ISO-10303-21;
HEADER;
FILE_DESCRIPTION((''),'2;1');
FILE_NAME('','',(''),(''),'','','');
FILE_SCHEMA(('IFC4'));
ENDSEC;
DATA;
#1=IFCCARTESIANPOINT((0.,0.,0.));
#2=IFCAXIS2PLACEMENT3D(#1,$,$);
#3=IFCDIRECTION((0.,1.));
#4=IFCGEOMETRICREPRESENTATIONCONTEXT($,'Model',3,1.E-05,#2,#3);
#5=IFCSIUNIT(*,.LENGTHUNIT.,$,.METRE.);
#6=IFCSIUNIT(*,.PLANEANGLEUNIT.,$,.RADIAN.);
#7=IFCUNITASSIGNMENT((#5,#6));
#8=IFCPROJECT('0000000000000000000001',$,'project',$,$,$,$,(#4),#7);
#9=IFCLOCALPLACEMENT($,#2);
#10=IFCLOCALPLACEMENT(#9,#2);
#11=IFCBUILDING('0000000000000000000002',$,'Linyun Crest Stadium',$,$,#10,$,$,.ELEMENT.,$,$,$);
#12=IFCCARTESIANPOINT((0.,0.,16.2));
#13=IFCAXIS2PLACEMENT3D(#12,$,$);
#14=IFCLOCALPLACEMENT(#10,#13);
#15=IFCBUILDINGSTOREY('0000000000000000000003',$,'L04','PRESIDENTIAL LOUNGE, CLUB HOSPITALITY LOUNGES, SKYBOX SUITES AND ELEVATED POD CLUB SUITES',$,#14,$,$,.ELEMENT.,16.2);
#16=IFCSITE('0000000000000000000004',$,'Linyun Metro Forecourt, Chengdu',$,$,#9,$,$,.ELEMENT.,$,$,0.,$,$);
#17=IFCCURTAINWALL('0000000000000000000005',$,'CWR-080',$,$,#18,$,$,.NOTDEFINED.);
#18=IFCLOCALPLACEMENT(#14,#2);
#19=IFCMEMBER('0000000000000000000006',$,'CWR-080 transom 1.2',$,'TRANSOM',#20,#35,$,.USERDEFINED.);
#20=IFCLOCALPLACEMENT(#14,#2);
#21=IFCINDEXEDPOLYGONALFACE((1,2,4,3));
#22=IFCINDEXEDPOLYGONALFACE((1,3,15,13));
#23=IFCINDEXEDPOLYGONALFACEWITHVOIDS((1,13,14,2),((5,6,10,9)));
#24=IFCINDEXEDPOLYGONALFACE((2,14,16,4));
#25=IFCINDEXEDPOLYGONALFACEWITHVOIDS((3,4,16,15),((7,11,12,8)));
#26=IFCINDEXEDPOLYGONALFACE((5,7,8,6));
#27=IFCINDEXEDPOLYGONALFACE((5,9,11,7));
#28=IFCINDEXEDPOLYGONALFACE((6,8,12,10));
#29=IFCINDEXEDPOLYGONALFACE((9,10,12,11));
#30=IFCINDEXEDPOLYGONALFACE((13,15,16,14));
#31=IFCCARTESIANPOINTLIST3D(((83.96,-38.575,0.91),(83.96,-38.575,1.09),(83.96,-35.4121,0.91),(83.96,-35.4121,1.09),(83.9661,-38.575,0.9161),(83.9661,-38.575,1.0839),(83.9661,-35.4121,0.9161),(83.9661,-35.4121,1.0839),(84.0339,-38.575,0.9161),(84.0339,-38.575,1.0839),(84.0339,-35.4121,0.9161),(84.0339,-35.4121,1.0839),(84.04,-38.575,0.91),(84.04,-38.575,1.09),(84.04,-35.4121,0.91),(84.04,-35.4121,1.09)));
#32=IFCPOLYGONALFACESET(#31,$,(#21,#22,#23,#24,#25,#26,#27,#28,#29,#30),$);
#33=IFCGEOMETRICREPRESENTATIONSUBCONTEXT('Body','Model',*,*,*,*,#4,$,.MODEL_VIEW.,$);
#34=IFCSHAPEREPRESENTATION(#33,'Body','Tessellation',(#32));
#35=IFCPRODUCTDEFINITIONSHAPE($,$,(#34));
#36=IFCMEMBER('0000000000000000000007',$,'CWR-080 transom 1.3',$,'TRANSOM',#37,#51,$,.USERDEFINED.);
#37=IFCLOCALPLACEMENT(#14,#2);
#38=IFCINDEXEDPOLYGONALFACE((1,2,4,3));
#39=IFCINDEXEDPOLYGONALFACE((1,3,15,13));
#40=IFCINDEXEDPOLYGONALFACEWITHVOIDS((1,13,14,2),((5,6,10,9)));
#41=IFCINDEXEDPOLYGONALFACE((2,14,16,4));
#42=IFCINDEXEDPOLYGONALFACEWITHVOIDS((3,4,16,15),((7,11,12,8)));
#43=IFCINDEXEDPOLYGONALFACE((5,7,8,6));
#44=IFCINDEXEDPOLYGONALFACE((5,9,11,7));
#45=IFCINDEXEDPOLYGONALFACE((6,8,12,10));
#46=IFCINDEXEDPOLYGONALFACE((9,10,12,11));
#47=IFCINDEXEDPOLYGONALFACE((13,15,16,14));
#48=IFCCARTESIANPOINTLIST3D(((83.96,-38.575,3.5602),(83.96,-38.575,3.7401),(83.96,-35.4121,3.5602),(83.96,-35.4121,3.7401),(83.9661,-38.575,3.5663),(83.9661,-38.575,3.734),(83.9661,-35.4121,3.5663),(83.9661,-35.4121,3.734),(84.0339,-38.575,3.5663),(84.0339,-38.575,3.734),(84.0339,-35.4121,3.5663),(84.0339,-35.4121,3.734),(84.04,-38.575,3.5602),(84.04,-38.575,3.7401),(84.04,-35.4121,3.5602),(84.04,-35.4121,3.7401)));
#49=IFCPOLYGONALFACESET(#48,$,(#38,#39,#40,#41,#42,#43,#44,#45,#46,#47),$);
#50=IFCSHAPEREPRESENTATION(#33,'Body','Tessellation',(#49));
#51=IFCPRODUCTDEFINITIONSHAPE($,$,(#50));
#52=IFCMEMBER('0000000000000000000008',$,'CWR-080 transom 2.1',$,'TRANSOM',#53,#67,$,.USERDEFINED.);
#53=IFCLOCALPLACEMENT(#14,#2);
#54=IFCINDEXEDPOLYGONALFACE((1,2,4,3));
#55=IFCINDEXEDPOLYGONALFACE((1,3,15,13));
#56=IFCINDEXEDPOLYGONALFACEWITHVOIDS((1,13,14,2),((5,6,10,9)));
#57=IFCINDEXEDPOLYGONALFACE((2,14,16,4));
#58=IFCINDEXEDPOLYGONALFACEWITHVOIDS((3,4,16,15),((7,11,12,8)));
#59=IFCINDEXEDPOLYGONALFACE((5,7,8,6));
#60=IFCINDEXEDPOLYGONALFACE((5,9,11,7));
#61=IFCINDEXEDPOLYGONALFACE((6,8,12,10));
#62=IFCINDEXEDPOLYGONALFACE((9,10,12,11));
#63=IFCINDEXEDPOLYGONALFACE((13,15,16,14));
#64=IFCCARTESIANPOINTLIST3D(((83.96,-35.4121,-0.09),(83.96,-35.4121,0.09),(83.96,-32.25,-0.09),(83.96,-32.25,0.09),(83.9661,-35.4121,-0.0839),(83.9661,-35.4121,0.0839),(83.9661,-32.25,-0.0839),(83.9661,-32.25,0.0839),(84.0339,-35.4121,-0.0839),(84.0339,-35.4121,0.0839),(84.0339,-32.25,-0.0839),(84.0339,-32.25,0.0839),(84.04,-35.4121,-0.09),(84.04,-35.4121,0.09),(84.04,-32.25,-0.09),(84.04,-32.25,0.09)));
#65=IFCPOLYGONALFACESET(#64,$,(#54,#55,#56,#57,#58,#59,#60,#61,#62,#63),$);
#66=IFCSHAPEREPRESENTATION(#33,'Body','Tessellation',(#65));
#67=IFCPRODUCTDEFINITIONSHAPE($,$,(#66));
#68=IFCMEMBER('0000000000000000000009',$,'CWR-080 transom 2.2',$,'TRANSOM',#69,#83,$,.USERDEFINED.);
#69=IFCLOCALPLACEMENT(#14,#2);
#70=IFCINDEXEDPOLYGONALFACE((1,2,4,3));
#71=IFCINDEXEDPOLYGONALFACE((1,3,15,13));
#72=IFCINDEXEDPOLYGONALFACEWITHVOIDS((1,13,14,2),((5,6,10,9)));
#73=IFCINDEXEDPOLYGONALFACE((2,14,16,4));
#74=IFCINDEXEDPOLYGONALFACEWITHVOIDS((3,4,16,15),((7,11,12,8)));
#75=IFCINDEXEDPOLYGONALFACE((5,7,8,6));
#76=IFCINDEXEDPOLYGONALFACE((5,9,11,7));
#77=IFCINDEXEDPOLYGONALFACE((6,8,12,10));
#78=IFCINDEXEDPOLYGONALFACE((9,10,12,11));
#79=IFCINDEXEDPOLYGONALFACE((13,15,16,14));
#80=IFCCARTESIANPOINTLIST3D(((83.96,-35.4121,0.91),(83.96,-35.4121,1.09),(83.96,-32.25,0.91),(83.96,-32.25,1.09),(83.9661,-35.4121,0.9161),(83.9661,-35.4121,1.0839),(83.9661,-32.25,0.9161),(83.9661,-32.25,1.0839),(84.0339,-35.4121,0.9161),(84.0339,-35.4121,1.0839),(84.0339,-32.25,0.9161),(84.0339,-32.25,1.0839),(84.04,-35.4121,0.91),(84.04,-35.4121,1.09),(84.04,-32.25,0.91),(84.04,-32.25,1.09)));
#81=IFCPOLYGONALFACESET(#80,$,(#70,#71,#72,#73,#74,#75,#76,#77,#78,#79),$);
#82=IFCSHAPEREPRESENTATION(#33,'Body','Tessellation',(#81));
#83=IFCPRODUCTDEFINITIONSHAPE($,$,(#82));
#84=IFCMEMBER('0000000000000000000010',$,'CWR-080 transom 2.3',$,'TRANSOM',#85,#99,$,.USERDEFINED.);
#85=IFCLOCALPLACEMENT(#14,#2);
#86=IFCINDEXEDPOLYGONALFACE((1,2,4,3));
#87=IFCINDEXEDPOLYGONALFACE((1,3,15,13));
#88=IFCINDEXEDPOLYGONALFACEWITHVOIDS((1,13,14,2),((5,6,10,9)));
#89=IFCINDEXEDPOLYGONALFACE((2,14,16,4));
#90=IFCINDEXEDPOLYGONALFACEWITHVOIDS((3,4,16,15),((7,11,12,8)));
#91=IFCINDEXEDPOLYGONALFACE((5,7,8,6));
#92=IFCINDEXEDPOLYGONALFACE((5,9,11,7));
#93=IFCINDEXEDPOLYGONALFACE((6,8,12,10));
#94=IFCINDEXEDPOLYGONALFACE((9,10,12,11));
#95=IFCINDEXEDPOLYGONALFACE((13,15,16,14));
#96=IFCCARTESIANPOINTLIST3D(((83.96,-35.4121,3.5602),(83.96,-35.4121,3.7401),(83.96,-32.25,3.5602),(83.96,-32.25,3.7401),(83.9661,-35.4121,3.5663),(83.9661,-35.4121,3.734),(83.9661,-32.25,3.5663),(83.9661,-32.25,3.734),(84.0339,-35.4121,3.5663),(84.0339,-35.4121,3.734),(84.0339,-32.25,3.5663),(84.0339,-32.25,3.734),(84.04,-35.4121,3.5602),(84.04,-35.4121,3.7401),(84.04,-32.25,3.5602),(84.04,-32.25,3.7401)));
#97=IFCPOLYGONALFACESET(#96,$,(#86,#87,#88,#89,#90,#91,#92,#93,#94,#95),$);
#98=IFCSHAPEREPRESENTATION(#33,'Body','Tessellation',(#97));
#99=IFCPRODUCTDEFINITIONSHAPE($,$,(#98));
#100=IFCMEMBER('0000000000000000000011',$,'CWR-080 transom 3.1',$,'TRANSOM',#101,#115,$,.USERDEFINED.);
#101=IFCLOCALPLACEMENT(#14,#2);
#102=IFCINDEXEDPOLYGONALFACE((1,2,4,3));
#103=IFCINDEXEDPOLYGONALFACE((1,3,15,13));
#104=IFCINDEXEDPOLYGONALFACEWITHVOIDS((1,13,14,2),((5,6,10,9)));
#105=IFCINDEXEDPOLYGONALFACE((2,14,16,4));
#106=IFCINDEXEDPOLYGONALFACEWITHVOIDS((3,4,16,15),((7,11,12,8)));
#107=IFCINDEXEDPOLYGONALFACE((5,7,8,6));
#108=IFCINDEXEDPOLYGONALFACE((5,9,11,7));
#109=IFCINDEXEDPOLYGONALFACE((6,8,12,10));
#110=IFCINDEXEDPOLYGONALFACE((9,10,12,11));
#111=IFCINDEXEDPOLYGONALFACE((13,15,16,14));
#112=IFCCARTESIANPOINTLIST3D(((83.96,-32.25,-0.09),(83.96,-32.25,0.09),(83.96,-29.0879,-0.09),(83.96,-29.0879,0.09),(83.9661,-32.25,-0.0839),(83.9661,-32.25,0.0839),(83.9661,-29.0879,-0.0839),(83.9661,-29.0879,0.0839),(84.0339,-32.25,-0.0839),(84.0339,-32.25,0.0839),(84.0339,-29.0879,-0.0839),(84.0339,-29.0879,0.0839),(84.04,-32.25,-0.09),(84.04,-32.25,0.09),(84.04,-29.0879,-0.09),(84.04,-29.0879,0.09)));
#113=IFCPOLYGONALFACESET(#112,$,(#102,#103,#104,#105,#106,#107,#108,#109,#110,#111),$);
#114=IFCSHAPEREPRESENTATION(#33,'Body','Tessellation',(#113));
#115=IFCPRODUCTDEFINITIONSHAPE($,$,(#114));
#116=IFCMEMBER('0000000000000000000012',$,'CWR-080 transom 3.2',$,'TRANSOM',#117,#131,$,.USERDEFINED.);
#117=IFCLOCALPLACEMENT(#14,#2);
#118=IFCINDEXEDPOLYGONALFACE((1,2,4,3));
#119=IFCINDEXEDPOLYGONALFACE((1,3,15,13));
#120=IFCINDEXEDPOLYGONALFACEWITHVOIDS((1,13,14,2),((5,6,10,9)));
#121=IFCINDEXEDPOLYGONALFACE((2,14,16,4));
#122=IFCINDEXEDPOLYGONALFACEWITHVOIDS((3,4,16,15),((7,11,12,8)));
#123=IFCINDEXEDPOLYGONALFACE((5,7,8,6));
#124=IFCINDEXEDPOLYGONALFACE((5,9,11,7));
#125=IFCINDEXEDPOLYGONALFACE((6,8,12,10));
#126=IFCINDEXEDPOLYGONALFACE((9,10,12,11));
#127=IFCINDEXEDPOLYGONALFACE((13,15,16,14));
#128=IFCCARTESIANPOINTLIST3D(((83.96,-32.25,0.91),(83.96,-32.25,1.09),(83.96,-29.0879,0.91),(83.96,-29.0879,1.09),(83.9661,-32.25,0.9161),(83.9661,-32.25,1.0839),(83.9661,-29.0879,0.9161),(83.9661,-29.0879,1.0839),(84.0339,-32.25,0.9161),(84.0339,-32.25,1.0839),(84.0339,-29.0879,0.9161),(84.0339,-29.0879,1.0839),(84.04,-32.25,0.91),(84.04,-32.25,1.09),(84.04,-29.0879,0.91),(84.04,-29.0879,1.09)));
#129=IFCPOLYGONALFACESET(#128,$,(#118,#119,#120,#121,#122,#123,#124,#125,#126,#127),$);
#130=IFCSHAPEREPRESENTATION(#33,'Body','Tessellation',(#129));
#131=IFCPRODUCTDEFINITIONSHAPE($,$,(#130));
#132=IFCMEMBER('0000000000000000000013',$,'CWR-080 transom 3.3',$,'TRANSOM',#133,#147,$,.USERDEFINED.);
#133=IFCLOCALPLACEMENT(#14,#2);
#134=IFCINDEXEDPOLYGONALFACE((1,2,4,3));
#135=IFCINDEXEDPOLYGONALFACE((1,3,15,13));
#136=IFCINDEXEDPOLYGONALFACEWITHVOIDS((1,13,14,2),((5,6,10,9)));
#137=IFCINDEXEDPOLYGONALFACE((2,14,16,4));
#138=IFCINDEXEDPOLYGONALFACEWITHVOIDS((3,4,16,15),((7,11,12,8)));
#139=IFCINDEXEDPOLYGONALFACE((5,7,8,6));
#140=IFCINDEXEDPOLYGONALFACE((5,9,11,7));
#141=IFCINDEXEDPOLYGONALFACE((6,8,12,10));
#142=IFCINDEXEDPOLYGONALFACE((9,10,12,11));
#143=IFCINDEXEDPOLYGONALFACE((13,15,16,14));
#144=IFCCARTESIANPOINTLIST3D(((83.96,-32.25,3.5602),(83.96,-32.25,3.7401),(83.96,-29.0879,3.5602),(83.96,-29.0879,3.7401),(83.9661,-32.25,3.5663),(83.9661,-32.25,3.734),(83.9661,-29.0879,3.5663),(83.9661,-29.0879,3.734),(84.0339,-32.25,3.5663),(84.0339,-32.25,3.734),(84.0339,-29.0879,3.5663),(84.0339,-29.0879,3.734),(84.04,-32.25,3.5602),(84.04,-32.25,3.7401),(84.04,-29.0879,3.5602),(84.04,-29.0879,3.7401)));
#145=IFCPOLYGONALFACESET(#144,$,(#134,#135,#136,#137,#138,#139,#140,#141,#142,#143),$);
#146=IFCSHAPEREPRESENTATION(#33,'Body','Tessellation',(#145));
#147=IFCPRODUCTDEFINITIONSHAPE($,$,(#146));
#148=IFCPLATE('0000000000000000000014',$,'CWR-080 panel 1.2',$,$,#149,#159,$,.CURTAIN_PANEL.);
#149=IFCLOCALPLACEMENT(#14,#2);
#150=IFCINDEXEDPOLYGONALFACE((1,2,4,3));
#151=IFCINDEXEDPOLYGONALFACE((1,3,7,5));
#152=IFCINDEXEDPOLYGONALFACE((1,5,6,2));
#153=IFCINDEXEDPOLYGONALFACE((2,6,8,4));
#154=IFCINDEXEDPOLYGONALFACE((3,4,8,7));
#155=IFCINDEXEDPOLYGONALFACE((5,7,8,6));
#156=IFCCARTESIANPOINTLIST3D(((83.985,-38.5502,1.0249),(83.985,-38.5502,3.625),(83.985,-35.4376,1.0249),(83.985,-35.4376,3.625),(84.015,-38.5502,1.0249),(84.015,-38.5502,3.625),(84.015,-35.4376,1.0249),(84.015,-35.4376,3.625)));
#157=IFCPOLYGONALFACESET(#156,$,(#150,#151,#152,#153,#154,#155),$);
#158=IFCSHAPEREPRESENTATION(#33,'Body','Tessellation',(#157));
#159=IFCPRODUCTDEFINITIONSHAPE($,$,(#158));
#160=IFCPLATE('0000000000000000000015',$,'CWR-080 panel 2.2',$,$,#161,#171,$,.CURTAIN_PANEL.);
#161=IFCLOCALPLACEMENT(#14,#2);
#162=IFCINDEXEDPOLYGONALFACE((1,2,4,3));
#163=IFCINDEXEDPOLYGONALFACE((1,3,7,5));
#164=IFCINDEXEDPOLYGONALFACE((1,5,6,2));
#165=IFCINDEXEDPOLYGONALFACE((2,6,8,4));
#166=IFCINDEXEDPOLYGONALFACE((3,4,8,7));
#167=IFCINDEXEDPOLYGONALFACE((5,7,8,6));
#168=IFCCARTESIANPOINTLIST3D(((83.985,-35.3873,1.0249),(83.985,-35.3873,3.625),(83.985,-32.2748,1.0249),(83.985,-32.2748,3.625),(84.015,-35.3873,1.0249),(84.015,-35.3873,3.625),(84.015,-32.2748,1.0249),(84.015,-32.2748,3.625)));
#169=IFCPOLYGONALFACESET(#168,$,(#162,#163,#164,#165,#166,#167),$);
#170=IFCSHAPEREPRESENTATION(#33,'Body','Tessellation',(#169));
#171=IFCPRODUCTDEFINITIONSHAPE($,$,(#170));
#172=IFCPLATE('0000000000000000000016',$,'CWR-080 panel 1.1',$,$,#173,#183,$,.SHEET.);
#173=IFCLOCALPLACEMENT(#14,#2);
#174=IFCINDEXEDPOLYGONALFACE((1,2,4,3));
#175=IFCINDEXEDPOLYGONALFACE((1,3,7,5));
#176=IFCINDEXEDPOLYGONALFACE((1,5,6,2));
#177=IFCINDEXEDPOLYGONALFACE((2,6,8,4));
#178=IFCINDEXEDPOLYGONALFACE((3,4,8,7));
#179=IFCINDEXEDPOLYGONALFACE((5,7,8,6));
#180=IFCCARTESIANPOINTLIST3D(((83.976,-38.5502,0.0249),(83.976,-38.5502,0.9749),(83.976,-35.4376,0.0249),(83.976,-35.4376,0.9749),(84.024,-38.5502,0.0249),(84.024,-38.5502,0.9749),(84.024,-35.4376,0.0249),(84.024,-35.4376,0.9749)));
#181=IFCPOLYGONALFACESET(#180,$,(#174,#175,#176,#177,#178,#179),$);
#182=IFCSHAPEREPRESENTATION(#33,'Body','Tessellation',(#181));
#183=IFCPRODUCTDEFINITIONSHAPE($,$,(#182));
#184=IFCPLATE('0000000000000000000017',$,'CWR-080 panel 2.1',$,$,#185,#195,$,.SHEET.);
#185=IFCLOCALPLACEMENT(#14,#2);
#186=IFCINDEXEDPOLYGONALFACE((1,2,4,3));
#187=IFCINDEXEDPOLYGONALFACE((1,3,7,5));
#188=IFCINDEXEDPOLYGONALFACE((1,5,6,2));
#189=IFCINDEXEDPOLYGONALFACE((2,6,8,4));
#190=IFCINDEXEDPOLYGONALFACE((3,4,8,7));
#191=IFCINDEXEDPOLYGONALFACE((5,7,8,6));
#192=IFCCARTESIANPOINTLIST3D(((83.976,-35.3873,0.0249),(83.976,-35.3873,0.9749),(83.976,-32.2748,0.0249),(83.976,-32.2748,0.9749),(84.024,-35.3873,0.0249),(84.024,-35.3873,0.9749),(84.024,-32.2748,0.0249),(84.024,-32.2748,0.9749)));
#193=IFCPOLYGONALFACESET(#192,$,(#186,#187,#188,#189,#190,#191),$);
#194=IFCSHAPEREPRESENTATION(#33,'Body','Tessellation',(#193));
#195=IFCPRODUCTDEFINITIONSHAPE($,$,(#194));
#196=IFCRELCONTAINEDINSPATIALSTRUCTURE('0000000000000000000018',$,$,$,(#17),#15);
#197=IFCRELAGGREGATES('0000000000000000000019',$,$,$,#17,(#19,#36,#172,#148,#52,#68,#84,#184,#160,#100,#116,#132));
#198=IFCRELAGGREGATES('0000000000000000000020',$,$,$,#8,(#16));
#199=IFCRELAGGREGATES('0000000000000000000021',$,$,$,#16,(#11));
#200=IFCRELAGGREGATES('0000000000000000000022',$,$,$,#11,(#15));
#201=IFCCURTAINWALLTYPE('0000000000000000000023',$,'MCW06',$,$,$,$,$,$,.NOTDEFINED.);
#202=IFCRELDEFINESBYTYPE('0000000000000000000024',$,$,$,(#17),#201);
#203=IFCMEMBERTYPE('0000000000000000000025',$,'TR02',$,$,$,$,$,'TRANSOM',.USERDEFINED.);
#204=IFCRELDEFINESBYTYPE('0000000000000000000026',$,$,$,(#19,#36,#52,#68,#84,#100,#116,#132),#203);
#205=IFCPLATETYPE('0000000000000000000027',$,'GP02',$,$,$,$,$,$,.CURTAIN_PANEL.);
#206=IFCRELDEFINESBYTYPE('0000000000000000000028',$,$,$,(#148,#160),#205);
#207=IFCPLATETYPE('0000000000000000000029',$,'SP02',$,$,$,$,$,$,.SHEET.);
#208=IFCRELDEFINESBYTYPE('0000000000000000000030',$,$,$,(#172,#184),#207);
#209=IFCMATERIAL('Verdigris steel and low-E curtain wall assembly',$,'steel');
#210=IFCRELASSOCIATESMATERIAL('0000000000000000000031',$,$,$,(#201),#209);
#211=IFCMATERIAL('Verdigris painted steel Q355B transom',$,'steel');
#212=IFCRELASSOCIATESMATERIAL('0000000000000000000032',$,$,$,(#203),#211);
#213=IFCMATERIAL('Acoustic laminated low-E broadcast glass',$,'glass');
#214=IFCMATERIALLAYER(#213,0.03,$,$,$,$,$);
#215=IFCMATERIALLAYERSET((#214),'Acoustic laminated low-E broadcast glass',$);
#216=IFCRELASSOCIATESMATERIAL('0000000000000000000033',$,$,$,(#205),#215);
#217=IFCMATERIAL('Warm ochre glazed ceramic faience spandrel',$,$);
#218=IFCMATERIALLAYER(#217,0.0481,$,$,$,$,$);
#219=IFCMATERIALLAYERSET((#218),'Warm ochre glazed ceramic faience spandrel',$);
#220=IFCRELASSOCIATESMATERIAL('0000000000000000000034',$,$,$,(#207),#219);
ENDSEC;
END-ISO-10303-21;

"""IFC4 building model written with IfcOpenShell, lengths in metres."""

from ifc_helpers import new_model, si_unit, direction, frame, origin, origin_2d, place, context, subcontext, project, spatial, rectangle, hollow_rectangle, extrude, material, layer, layer_set, material_profile, profile_set, type_object, element, aggregate, save


model = new_model("IFC4")

# Units and contexts
model_context = context("Model", 3, precision=1e-05, world=origin(), true_north=direction((0.0, 1.0)))
body_context = subcontext(model_context, "Body", "Model", "MODEL_VIEW")
ifc_project = project(units=[si_unit("LENGTHUNIT", "METRE"), si_unit("PLANEANGLEUNIT", "RADIAN")], contexts=[model_context])

# Site, building, storey
site_placement = place(None, origin())
site = spatial("IfcSite", under=ifc_project, at=site_placement, Name="Linyun Metro Forecourt, Chengdu", CompositionType="ELEMENT", RefElevation=0.0)
building_placement = place(site_placement, origin())
building = spatial("IfcBuilding", under=site, at=building_placement, Name="Linyun Crest Stadium", CompositionType="ELEMENT")
storey_placement = place(building_placement, frame((0.0, 0.0, 16.2)))
storey = spatial("IfcBuildingStorey", under=building, at=storey_placement, Name="L04", Description="PRESIDENTIAL LOUNGE, CLUB HOSPITALITY LOUNGES, SKYBOX SUITES AND ELEVATED POD CLUB SUITES", CompositionType="ELEMENT", Elevation=16.2)

# Curtain wall
ifc_material_1 = material(Name="Verdigris steel and low-E curtain wall assembly", Category="steel")
curtain_wall_type = type_object("IfcCurtainWallType", Name="MCW06", PredefinedType="NOTDEFINED", material=ifc_material_1)
curtain_wall_placement = place(storey_placement, origin())
curtain_wall = element("IfcCurtainWall", 1, at=curtain_wall_placement, inside=storey, type_object=curtain_wall_type, Name="CWR-080", PredefinedType="NOTDEFINED")

# Members
ifc_material_2 = material(Name="Verdigris painted steel Q355B transom", Category="steel")
ifc_material_profile_1 = material_profile(ifc_material_2, hollow_rectangle(XDim=0.0801, YDim=0.1799, WallThickness=0.0061, at=origin_2d()), Name="RHS 180x80x6")
ifc_profile_set_1 = profile_set([ifc_material_profile_1], Name="Verdigris painted steel Q355B transom")
member_type_1 = type_object("IfcMemberType", Name="TR02", ElementType="TRANSOM", PredefinedType="USERDEFINED", material=ifc_profile_set_1)
member_1_placement = place(storey_placement, frame((84.0, -38.575, 1.0), z_axis=(0.0, 1.0, 0.0), x_axis=(-1.0, 0.0, 0.0)))
member_1 = element("IfcMember", 2, at=member_1_placement, type_object=member_type_1, Name="CWR-080 transom 1.2", ObjectType="TRANSOM", PredefinedType="USERDEFINED", context=body_context, shape_type="SweptSolid", body=[
    extrude(hollow_rectangle(XDim=0.0801, YDim=0.1799, WallThickness=0.0061, at=origin_2d()), origin(), (0.0, 0.0, 1.0), 3.1628),
])
member_2_placement = place(storey_placement, frame((84.0, -38.575, 3.6501), z_axis=(0.0, 1.0, 0.0), x_axis=(-1.0, 0.0, 0.0)))
member_2 = element("IfcMember", 3, at=member_2_placement, type_object=member_type_1, Name="CWR-080 transom 1.3", ObjectType="TRANSOM", PredefinedType="USERDEFINED", context=body_context, shape_type="SweptSolid", body=[
    extrude(hollow_rectangle(XDim=0.0801, YDim=0.1799, WallThickness=0.0061, at=origin_2d()), origin(), (0.0, 0.0, 1.0), 3.1628),
])
member_3_placement = place(storey_placement, frame((84.0, -35.4121, 0.0), z_axis=(0.0, 1.0, 0.0), x_axis=(-1.0, 0.0, 0.0)))
member_3 = element("IfcMember", 4, at=member_3_placement, type_object=member_type_1, Name="CWR-080 transom 2.1", ObjectType="TRANSOM", PredefinedType="USERDEFINED", context=body_context, shape_type="SweptSolid", body=[
    extrude(hollow_rectangle(XDim=0.0801, YDim=0.1799, WallThickness=0.0061, at=origin_2d()), origin(), (0.0, 0.0, 1.0), 3.1621),
])
member_4_placement = place(storey_placement, frame((84.0, -35.4121, 1.0), z_axis=(0.0, 1.0, 0.0), x_axis=(-1.0, 0.0, 0.0)))
member_4 = element("IfcMember", 5, at=member_4_placement, type_object=member_type_1, Name="CWR-080 transom 2.2", ObjectType="TRANSOM", PredefinedType="USERDEFINED", context=body_context, shape_type="SweptSolid", body=[
    extrude(hollow_rectangle(XDim=0.0801, YDim=0.1799, WallThickness=0.0061, at=origin_2d()), origin(), (0.0, 0.0, 1.0), 3.1621),
])
member_5_placement = place(storey_placement, frame((84.0, -35.4121, 3.6501), z_axis=(0.0, 1.0, 0.0), x_axis=(-1.0, 0.0, 0.0)))
member_5 = element("IfcMember", 6, at=member_5_placement, type_object=member_type_1, Name="CWR-080 transom 2.3", ObjectType="TRANSOM", PredefinedType="USERDEFINED", context=body_context, shape_type="SweptSolid", body=[
    extrude(hollow_rectangle(XDim=0.0801, YDim=0.1799, WallThickness=0.0061, at=origin_2d()), origin(), (0.0, 0.0, 1.0), 3.1621),
])
member_6_placement = place(storey_placement, frame((84.0, -32.25, 0.0), z_axis=(0.0, 1.0, 0.0), x_axis=(-1.0, 0.0, 0.0)))
member_6 = element("IfcMember", 7, at=member_6_placement, type_object=member_type_1, Name="CWR-080 transom 3.1", ObjectType="TRANSOM", PredefinedType="USERDEFINED", context=body_context, shape_type="SweptSolid", body=[
    extrude(hollow_rectangle(XDim=0.0801, YDim=0.1799, WallThickness=0.0061, at=origin_2d()), origin(), (0.0, 0.0, 1.0), 3.1621),
])
member_7_placement = place(storey_placement, frame((84.0, -32.25, 1.0), z_axis=(0.0, 1.0, 0.0), x_axis=(-1.0, 0.0, 0.0)))
member_7 = element("IfcMember", 8, at=member_7_placement, type_object=member_type_1, Name="CWR-080 transom 3.2", ObjectType="TRANSOM", PredefinedType="USERDEFINED", context=body_context, shape_type="SweptSolid", body=[
    extrude(hollow_rectangle(XDim=0.0801, YDim=0.1799, WallThickness=0.0061, at=origin_2d()), origin(), (0.0, 0.0, 1.0), 3.1621),
])
member_8_placement = place(storey_placement, frame((84.0, -32.25, 3.6501), z_axis=(0.0, 1.0, 0.0), x_axis=(-1.0, 0.0, 0.0)))
member_8 = element("IfcMember", 9, at=member_8_placement, type_object=member_type_1, Name="CWR-080 transom 3.3", ObjectType="TRANSOM", PredefinedType="USERDEFINED", context=body_context, shape_type="SweptSolid", body=[
    extrude(hollow_rectangle(XDim=0.0801, YDim=0.1799, WallThickness=0.0061, at=origin_2d()), origin(), (0.0, 0.0, 1.0), 3.1621),
])

# Plates
ifc_material_3 = material(Name="Acoustic laminated low-E broadcast glass", Category="glass")
ifc_layer_1 = layer(ifc_material_3, 0.03)
ifc_layer_set_1 = layer_set([ifc_layer_1], Name="Acoustic laminated low-E broadcast glass")
plate_type_1 = type_object("IfcPlateType", Name="GP02", PredefinedType="CURTAIN_PANEL", material=ifc_layer_set_1)
plate_1_placement = place(storey_placement, frame((84.0, -36.9939, 1.0249), z_axis=(0.0, 0.0, 1.0), x_axis=(0.0, 1.0, 0.0)))
plate_1 = element("IfcPlate", 10, at=plate_1_placement, type_object=plate_type_1, Name="CWR-080 panel 1.2", PredefinedType="CURTAIN_PANEL", context=body_context, shape_type="SweptSolid", body=[
    extrude(rectangle(XDim=3.1125, YDim=0.03, at=origin_2d()), origin(), (0.0, 0.0, 1.0), 2.6001),
])
plate_2_placement = place(storey_placement, frame((84.0, -33.8311, 1.0249), z_axis=(0.0, 0.0, 1.0), x_axis=(0.0, 1.0, 0.0)))
plate_2 = element("IfcPlate", 11, at=plate_2_placement, type_object=plate_type_1, Name="CWR-080 panel 2.2", PredefinedType="CURTAIN_PANEL", context=body_context, shape_type="SweptSolid", body=[
    extrude(rectangle(XDim=3.1125, YDim=0.03, at=origin_2d()), origin(), (0.0, 0.0, 1.0), 2.6001),
])
ifc_material_4 = material(Name="Warm ochre glazed ceramic faience spandrel")
ifc_layer_2 = layer(ifc_material_4, 0.0481)
ifc_layer_set_2 = layer_set([ifc_layer_2], Name="Warm ochre glazed ceramic faience spandrel")
plate_type_2 = type_object("IfcPlateType", Name="SP02", PredefinedType="SHEET", material=ifc_layer_set_2)
plate_3_placement = place(storey_placement, frame((84.0, -36.9939, 0.0249), z_axis=(0.0, 0.0, 1.0), x_axis=(0.0, 1.0, 0.0)))
plate_3 = element("IfcPlate", 12, at=plate_3_placement, type_object=plate_type_2, Name="CWR-080 panel 1.1", PredefinedType="SHEET", context=body_context, shape_type="SweptSolid", body=[
    extrude(rectangle(XDim=3.1125, YDim=0.0481, at=origin_2d()), origin(), (0.0, 0.0, 1.0), 0.95),
])
plate_4_placement = place(storey_placement, frame((84.0, -33.8311, 0.0249), z_axis=(0.0, 0.0, 1.0), x_axis=(0.0, 1.0, 0.0)))
plate_4 = element("IfcPlate", 13, at=plate_4_placement, type_object=plate_type_2, Name="CWR-080 panel 2.1", PredefinedType="SHEET", context=body_context, shape_type="SweptSolid", body=[
    extrude(rectangle(XDim=3.1125, YDim=0.0481, at=origin_2d()), origin(), (0.0, 0.0, 1.0), 0.95),
])
aggregate(curtain_wall, [member_1, member_2, plate_3, plate_1, member_3, member_4, member_5, plate_4, plate_2, member_6, member_7, member_8])

save(model, "model.ifc")
